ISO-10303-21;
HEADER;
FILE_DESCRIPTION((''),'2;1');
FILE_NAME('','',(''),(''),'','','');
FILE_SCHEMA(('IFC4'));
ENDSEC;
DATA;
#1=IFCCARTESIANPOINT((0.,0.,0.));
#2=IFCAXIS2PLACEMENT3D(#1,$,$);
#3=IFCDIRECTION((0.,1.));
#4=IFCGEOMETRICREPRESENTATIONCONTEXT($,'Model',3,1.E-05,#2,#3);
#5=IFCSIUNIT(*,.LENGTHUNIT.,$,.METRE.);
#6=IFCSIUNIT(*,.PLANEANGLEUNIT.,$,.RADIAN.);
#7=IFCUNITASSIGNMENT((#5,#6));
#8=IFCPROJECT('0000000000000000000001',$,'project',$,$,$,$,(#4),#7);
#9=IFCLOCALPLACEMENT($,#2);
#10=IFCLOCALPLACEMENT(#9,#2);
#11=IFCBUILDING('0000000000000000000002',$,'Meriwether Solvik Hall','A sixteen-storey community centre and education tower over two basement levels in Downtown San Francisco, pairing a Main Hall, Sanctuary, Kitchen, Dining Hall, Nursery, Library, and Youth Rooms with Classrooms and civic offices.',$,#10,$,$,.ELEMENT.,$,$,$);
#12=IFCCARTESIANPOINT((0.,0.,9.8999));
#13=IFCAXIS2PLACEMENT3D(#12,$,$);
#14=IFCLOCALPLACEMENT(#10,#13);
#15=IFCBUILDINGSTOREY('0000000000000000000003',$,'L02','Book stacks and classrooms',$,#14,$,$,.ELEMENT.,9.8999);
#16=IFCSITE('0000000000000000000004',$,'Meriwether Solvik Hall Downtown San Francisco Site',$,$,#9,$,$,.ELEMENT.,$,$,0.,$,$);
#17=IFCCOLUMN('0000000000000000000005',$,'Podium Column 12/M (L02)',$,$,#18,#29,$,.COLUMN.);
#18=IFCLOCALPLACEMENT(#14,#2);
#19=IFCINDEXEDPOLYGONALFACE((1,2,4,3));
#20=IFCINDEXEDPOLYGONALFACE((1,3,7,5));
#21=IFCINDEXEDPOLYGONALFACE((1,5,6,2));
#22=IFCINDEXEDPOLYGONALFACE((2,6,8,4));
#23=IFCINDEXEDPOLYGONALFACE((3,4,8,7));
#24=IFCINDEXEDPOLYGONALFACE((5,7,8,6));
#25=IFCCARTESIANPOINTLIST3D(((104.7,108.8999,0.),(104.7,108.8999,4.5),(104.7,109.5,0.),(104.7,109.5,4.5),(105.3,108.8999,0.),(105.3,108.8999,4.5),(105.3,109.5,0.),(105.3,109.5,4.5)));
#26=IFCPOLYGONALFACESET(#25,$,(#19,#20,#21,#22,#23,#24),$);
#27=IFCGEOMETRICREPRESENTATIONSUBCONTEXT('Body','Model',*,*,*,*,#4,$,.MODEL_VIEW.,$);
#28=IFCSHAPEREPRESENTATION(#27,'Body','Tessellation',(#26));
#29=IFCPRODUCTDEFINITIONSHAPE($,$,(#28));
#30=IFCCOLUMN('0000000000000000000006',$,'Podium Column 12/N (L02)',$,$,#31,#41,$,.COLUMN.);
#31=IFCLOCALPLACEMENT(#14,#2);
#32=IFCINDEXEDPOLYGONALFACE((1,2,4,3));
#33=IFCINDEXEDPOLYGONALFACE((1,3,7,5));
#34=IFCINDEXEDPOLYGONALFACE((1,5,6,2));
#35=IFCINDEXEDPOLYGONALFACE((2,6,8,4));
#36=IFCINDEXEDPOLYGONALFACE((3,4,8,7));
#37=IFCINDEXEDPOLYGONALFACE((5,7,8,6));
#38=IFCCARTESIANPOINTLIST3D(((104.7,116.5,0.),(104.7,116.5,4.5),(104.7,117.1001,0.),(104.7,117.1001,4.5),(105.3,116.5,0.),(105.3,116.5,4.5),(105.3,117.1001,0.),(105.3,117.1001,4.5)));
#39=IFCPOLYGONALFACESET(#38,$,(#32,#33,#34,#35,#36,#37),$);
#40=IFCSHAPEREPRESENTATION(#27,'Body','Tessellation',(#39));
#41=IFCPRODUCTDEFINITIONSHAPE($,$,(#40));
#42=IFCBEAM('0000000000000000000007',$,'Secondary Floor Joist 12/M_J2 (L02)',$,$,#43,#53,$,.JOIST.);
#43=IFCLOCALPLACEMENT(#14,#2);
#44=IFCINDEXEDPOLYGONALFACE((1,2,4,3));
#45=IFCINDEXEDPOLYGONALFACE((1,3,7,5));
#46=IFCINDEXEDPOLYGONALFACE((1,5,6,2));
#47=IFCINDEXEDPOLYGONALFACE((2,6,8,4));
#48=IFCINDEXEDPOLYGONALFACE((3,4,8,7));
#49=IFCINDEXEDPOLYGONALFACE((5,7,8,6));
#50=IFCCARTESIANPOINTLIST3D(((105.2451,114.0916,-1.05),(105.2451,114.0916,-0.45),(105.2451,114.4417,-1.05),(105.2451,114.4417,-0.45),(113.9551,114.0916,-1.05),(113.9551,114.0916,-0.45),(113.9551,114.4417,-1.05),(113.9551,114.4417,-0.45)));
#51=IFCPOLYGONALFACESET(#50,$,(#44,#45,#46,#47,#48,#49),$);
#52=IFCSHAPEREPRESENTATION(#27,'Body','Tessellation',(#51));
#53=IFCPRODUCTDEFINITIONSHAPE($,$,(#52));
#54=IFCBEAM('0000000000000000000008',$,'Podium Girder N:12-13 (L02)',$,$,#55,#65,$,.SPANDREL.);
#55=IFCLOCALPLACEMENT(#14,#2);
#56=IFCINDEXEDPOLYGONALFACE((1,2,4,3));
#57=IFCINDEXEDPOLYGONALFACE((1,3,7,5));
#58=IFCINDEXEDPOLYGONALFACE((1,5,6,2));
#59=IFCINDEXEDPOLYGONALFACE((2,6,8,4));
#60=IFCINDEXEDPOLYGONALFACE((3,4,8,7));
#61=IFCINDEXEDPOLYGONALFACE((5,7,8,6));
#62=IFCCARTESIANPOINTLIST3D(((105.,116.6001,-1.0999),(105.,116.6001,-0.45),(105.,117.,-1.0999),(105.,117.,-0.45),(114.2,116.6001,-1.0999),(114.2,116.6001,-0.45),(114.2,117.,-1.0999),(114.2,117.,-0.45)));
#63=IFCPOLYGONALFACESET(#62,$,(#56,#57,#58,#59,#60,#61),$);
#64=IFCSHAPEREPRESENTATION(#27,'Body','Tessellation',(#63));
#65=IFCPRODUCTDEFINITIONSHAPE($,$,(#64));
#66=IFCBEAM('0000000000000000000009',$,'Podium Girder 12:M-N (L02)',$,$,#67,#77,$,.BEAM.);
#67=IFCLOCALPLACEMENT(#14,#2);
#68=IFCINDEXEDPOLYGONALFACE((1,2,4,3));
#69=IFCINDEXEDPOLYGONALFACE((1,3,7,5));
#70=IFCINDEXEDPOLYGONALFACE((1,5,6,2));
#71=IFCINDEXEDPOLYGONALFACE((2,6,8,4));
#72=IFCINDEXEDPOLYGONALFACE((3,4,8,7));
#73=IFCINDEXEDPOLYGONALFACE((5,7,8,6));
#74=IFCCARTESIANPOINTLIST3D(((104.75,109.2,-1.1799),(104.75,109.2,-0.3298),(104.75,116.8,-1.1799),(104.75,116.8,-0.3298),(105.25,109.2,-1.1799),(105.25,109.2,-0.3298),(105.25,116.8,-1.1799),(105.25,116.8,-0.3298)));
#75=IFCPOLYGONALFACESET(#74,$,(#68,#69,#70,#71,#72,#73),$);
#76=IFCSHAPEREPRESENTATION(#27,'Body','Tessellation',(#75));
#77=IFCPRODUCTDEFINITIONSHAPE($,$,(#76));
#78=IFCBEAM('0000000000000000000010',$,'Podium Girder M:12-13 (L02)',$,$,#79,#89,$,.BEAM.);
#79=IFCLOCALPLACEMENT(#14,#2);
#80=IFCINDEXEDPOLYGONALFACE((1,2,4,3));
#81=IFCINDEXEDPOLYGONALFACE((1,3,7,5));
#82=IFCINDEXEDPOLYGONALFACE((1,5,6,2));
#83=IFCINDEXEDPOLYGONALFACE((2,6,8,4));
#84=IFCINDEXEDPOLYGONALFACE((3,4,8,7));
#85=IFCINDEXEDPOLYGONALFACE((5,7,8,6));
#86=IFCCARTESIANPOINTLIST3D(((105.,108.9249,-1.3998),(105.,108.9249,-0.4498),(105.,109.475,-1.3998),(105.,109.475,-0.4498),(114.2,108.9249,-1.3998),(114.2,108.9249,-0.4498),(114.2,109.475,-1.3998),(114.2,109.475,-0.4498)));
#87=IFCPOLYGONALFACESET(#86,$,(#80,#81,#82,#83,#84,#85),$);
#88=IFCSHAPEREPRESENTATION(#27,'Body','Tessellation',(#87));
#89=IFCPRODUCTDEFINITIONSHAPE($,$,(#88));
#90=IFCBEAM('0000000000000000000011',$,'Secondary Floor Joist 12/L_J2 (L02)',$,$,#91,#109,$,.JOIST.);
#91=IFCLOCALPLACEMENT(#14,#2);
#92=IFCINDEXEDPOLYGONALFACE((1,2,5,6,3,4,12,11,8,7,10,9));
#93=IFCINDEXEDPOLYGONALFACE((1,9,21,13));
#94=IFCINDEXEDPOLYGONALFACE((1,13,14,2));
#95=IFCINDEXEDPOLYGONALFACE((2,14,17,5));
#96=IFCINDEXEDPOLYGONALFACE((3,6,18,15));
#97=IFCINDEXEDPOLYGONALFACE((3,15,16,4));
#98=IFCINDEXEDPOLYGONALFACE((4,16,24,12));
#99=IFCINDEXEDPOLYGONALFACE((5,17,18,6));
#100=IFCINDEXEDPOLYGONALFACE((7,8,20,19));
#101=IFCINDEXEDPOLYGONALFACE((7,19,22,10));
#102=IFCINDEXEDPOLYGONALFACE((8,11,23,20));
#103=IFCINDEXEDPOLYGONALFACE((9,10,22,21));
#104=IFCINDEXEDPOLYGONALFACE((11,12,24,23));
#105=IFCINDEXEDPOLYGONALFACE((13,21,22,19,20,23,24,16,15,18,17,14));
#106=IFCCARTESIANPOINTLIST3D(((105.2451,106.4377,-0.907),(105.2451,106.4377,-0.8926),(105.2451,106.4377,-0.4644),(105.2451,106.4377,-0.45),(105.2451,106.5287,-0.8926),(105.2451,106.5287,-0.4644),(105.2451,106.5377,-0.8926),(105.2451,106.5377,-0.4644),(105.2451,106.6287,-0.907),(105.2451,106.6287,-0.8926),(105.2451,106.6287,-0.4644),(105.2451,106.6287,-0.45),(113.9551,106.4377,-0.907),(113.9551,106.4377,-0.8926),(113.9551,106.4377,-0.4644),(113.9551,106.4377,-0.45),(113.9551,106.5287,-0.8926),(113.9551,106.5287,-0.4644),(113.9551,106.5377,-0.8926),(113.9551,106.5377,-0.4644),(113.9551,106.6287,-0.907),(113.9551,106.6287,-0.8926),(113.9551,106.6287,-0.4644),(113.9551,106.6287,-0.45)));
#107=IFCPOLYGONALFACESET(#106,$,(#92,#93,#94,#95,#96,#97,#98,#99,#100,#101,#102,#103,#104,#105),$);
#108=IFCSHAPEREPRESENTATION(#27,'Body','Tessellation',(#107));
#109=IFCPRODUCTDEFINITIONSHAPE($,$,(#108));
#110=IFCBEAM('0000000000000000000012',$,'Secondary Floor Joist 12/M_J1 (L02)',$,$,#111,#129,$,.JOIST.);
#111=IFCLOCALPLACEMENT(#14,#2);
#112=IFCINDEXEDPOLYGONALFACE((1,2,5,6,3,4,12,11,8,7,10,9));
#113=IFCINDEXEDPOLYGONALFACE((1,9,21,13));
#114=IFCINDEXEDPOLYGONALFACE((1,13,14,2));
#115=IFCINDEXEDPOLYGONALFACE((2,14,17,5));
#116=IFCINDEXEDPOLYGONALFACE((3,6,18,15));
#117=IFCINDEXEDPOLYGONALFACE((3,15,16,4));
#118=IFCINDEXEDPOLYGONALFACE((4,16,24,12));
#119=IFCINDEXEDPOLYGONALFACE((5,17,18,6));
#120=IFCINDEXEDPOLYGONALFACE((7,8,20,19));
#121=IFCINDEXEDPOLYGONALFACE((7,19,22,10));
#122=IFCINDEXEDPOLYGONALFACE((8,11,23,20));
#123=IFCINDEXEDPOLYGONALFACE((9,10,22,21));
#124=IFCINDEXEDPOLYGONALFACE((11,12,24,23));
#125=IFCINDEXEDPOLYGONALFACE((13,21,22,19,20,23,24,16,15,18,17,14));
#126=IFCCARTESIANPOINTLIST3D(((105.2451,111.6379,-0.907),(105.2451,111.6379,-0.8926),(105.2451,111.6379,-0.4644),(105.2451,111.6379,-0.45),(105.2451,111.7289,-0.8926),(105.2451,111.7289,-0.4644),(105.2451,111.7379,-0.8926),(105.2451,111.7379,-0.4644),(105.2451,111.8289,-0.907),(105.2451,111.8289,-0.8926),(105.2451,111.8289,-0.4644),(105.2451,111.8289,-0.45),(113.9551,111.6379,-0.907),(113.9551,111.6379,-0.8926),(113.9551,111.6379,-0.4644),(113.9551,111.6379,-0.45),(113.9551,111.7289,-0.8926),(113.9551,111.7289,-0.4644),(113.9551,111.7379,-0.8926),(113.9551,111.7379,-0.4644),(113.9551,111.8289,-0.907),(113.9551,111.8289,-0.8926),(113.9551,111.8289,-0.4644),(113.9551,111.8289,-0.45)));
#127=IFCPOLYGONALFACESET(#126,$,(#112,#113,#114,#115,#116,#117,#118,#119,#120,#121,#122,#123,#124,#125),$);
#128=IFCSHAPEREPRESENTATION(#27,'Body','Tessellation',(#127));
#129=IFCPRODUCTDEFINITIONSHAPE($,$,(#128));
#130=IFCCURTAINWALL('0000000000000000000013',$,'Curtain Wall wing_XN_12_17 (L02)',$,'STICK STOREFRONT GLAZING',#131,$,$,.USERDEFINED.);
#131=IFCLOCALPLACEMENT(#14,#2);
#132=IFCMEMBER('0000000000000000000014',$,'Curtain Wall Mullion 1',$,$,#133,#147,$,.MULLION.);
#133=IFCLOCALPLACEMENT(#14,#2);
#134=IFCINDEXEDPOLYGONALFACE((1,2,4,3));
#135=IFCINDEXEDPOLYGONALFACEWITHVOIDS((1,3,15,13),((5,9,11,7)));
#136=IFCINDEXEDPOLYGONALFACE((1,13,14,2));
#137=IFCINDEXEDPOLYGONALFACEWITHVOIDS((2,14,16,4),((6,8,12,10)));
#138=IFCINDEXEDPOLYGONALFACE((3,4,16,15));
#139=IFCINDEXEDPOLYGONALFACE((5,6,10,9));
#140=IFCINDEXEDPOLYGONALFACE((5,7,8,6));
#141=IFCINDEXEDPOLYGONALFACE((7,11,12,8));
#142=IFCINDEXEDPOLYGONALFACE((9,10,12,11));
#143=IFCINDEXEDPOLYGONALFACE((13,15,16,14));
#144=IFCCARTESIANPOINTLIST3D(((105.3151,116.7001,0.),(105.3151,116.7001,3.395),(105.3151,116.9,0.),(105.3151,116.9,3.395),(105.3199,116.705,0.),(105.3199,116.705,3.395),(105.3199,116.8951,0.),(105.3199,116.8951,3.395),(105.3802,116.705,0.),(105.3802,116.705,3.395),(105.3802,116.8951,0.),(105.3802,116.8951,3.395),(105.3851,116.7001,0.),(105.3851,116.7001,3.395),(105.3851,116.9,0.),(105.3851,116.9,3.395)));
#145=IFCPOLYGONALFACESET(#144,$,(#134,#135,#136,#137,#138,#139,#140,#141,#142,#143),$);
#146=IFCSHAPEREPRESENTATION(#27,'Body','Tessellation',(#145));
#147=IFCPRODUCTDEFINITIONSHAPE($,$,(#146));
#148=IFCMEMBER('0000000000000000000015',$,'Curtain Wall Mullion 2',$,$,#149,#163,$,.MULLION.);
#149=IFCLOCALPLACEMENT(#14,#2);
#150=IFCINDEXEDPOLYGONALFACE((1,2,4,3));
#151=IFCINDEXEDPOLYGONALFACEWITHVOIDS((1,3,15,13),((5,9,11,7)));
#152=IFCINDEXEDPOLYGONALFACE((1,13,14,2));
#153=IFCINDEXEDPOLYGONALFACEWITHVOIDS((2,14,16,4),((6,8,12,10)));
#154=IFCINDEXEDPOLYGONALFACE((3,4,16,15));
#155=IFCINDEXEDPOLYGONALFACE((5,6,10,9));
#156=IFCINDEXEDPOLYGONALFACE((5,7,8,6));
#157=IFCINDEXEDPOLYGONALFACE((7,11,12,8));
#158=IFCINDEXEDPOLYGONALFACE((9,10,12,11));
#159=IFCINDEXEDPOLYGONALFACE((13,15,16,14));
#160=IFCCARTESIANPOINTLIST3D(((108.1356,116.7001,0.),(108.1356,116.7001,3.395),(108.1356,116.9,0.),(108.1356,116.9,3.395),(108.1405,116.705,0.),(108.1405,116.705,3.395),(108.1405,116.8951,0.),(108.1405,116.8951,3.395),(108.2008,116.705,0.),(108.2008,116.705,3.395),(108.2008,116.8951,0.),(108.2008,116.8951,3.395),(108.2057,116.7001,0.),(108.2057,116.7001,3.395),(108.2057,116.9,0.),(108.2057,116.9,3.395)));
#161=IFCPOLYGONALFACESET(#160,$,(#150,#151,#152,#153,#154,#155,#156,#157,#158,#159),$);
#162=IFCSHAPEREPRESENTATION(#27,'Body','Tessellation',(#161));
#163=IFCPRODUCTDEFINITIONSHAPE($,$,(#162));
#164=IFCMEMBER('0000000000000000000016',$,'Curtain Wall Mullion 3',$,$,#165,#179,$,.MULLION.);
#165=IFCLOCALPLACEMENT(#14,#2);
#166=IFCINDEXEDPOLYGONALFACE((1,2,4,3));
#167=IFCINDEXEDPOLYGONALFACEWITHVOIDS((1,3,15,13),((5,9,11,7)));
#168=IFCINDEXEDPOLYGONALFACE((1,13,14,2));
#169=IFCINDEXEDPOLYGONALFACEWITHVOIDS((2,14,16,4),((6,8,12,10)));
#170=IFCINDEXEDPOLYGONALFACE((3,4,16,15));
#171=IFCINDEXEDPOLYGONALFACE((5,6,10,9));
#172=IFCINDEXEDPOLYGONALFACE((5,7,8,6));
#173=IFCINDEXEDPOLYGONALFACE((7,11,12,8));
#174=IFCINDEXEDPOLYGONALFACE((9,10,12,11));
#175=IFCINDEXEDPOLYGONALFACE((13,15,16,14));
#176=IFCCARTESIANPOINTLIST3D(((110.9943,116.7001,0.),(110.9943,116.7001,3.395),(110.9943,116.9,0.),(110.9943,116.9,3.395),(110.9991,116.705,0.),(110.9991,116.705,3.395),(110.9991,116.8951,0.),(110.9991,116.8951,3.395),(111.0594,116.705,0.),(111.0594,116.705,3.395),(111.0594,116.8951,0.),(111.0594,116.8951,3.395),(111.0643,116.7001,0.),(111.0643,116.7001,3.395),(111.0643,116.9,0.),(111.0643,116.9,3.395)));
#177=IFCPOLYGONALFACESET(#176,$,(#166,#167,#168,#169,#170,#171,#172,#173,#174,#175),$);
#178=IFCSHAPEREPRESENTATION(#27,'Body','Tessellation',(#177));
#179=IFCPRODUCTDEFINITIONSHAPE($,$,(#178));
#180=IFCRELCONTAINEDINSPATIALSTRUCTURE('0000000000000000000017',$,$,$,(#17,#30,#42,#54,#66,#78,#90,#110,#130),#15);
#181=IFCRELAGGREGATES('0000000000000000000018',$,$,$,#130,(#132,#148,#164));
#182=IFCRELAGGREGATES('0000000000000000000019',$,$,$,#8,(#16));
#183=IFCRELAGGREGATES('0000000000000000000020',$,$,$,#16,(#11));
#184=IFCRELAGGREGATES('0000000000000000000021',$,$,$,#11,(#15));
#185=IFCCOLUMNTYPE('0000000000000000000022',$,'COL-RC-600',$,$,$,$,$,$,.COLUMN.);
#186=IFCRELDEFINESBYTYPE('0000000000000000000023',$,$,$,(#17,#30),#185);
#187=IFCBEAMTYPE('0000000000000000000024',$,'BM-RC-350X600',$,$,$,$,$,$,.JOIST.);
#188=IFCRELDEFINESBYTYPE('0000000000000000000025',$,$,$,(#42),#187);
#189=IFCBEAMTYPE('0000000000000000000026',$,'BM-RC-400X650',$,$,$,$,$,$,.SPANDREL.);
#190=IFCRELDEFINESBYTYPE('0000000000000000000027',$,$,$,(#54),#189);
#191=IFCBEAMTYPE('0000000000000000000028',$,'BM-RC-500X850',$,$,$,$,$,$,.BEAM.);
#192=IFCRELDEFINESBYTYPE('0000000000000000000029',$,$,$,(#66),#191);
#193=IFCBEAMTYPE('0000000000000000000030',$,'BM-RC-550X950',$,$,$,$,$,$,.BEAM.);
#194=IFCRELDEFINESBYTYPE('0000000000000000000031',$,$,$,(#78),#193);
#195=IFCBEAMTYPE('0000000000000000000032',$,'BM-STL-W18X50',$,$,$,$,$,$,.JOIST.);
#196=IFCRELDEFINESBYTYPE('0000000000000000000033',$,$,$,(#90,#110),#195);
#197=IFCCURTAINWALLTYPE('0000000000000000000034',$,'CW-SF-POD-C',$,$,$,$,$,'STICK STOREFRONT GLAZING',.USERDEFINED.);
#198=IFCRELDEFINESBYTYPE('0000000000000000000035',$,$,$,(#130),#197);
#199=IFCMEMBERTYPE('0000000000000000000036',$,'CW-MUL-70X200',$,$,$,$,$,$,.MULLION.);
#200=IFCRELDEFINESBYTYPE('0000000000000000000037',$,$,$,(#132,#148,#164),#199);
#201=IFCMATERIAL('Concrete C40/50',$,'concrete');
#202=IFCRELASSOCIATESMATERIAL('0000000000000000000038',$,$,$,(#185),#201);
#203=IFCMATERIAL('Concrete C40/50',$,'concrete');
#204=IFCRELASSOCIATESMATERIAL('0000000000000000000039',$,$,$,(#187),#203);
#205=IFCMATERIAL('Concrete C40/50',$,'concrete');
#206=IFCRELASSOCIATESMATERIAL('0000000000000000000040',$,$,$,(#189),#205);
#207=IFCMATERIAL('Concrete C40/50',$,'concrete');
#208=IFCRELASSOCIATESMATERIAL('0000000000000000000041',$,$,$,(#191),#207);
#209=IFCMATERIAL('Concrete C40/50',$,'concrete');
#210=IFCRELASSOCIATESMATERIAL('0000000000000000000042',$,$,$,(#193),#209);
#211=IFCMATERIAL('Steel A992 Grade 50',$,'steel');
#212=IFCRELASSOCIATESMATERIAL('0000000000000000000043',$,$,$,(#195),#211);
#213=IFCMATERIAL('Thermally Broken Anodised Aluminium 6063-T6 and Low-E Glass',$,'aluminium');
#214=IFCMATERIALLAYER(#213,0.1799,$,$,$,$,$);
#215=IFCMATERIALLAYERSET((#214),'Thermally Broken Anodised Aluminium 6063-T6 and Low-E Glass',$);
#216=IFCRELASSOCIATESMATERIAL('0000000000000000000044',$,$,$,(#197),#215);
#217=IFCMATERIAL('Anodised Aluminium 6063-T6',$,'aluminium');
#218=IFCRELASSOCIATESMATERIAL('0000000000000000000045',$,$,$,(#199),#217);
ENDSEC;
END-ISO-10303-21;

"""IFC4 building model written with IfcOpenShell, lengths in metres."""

from ifc_helpers import new_model, si_unit, direction, frame, origin, origin_2d, place, context, subcontext, project, spatial, rectangle, hollow_rectangle, i_section, extrude, material, layer, layer_set, material_profile, profile_set, type_object, element, aggregate, save


model = new_model("IFC4")

# Units and contexts
model_context = context("Model", 3, precision=1e-05, world=origin(), true_north=direction((0.0, 1.0)))
body_context = subcontext(model_context, "Body", "Model", "MODEL_VIEW")
ifc_project = project(units=[si_unit("LENGTHUNIT", "METRE"), si_unit("PLANEANGLEUNIT", "RADIAN")], contexts=[model_context])

# Site, building, storey
site_placement = place(None, origin())
site = spatial("IfcSite", under=ifc_project, at=site_placement, Name="Meriwether Solvik Hall Downtown San Francisco Site", CompositionType="ELEMENT", RefElevation=0.0)
building_placement = place(site_placement, origin())
building = spatial("IfcBuilding", under=site, at=building_placement, Name="Meriwether Solvik Hall", Description="A sixteen-storey community centre and education tower over two basement levels in Downtown San Francisco, pairing a Main Hall, Sanctuary, Kitchen, Dining Hall, Nursery, Library, and Youth Rooms with Classrooms and civic offices.", CompositionType="ELEMENT")
storey_placement = place(building_placement, frame((0.0, 0.0, 9.8999)))
storey = spatial("IfcBuildingStorey", under=building, at=storey_placement, Name="L02", Description="Book stacks and classrooms", CompositionType="ELEMENT", Elevation=9.8999)

# Columns
ifc_material_1 = material(Name="Concrete C40/50", Category="concrete")
ifc_material_profile_1 = material_profile(ifc_material_1, rectangle(XDim=0.6001, YDim=0.6001, at=origin_2d()), Name="RCC-600X600")
ifc_profile_set_1 = profile_set([ifc_material_profile_1], Name="Concrete C40/50")
column_type = type_object("IfcColumnType", Name="COL-RC-600", PredefinedType="COLUMN", material=ifc_profile_set_1)
for number, where, z_axis, x_axis, name in (
    (1, (105.0, 109.2, 0.0), (0.0, 0.0, 1.0), (1.0, 0.0, 0.0), "Podium Column 12/M (L02)"),
    (2, (105.0, 116.8, 0.0), (0.0, 0.0, 1.0), (1.0, 0.0, 0.0), "Podium Column 12/N (L02)"),
):
    element("IfcColumn", number, at=place(storey_placement, frame(where, z_axis=z_axis, x_axis=x_axis)), inside=storey, type_object=column_type, Name=name, PredefinedType="COLUMN", context=body_context, shape_type="SweptSolid", body=[
        extrude(rectangle(XDim=0.6001, YDim=0.6001, at=origin_2d()), origin(), (0.0, 0.0, 1.0), 4.5),
    ])

# Beams
ifc_material_2 = material(Name="Concrete C40/50", Category="concrete")
ifc_material_profile_2 = material_profile(ifc_material_2, rectangle(XDim=0.3501, YDim=0.6001, at=origin_2d()), Name="RCB-350X600")
ifc_profile_set_2 = profile_set([ifc_material_profile_2], Name="Concrete C40/50")
beam_type_1 = type_object("IfcBeamType", Name="BM-RC-350X600", PredefinedType="JOIST", material=ifc_profile_set_2)
beam_1_placement = place(storey_placement, frame((105.2451, 114.2666, -0.75), z_axis=(1.0, 0.0, 0.0), x_axis=(0.0, 1.0, 0.0)))
element("IfcBeam", 3, at=beam_1_placement, inside=storey, type_object=beam_type_1, Name="Secondary Floor Joist 12/M_J2 (L02)", PredefinedType="JOIST", context=body_context, shape_type="SweptSolid", body=[
    extrude(rectangle(XDim=0.3501, YDim=0.6001, at=origin_2d()), origin(), (0.0, 0.0, 1.0), 8.71),
])
ifc_material_3 = material(Name="Concrete C40/50", Category="concrete")
ifc_material_profile_3 = material_profile(ifc_material_3, rectangle(XDim=0.3999, YDim=0.6499, at=origin_2d()), Name="RCB-400X650")
ifc_profile_set_3 = profile_set([ifc_material_profile_3], Name="Concrete C40/50")
beam_type_2 = type_object("IfcBeamType", Name="BM-RC-400X650", PredefinedType="SPANDREL", material=ifc_profile_set_3)
beam_2_placement = place(storey_placement, frame((105.0, 116.8, -0.7749), z_axis=(1.0, 0.0, 0.0), x_axis=(0.0, 1.0, 0.0)))
element("IfcBeam", 4, at=beam_2_placement, inside=storey, type_object=beam_type_2, Name="Podium Girder N:12-13 (L02)", PredefinedType="SPANDREL", context=body_context, shape_type="SweptSolid", body=[
    extrude(rectangle(XDim=0.3999, YDim=0.6499, at=origin_2d()), origin(), (0.0, 0.0, 1.0), 9.2),
])
ifc_material_4 = material(Name="Concrete C40/50", Category="concrete")
ifc_material_profile_4 = material_profile(ifc_material_4, rectangle(XDim=0.5, YDim=0.8501, at=origin_2d()), Name="RCB-500X850")
ifc_profile_set_4 = profile_set([ifc_material_profile_4], Name="Concrete C40/50")
beam_type_3 = type_object("IfcBeamType", Name="BM-RC-500X850", PredefinedType="BEAM", material=ifc_profile_set_4)
beam_3_placement = place(storey_placement, frame((105.0, 109.2, -0.7549), z_axis=(0.0, 1.0, 0.0), x_axis=(-1.0, 0.0, 0.0)))
element("IfcBeam", 5, at=beam_3_placement, inside=storey, type_object=beam_type_3, Name="Podium Girder 12:M-N (L02)", PredefinedType="BEAM", context=body_context, shape_type="SweptSolid", body=[
    extrude(rectangle(XDim=0.5, YDim=0.8501, at=origin_2d()), origin(), (0.0, 0.0, 1.0), 7.6001),
])
ifc_material_5 = material(Name="Concrete C40/50", Category="concrete")
ifc_material_profile_5 = material_profile(ifc_material_5, rectangle(XDim=0.55, YDim=0.95, at=origin_2d()), Name="RCB-550X950")
ifc_profile_set_5 = profile_set([ifc_material_profile_5], Name="Concrete C40/50")
beam_type_4 = type_object("IfcBeamType", Name="BM-RC-550X950", PredefinedType="BEAM", material=ifc_profile_set_5)
beam_4_placement = place(storey_placement, frame((105.0, 109.2, -0.9248), z_axis=(1.0, 0.0, 0.0), x_axis=(0.0, 1.0, 0.0)))
element("IfcBeam", 6, at=beam_4_placement, inside=storey, type_object=beam_type_4, Name="Podium Girder M:12-13 (L02)", PredefinedType="BEAM", context=body_context, shape_type="SweptSolid", body=[
    extrude(rectangle(XDim=0.55, YDim=0.95, at=origin_2d()), origin(), (0.0, 0.0, 1.0), 9.2),
])
ifc_material_6 = material(Name="Steel A992 Grade 50", Category="steel")
ifc_material_profile_6 = material_profile(ifc_material_6, i_section(OverallWidth=0.1909, OverallDepth=0.457, WebThickness=0.009, FlangeThickness=0.0144, at=origin_2d()), Name="W18X50")
ifc_profile_set_6 = profile_set([ifc_material_profile_6], Name="Steel A992 Grade 50")
beam_type_5 = type_object("IfcBeamType", Name="BM-STL-W18X50", PredefinedType="JOIST", material=ifc_profile_set_6)
for number, where, z_axis, x_axis, name in (
    (7, (105.2451, 106.5332, -0.6785), (1.0, 0.0, 0.0), (0.0, 1.0, 0.0), "Secondary Floor Joist 12/L_J2 (L02)"),
    (8, (105.2451, 111.7334, -0.6785), (1.0, 0.0, 0.0), (0.0, 1.0, 0.0), "Secondary Floor Joist 12/M_J1 (L02)"),
):
    element("IfcBeam", number, at=place(storey_placement, frame(where, z_axis=z_axis, x_axis=x_axis)), inside=storey, type_object=beam_type_5, Name=name, PredefinedType="JOIST", context=body_context, shape_type="SweptSolid", body=[
        extrude(i_section(OverallWidth=0.1909, OverallDepth=0.457, WebThickness=0.009, FlangeThickness=0.0144, at=origin_2d()), origin(), (0.0, 0.0, 1.0), 8.71),
    ])

# Curtain wall, members
ifc_material_7 = material(Name="Thermally Broken Anodised Aluminium 6063-T6 and Low-E Glass", Category="aluminium")
ifc_layer_1 = layer(ifc_material_7, 0.1799)
ifc_layer_set_1 = layer_set([ifc_layer_1], Name="Thermally Broken Anodised Aluminium 6063-T6 and Low-E Glass")
curtain_wall_type = type_object("IfcCurtainWallType", Name="CW-SF-POD-C", ElementType="STICK STOREFRONT GLAZING", PredefinedType="USERDEFINED", material=ifc_layer_set_1)
curtain_wall_1_placement = place(storey_placement, origin())
curtain_wall_1 = element("IfcCurtainWall", 9, at=curtain_wall_1_placement, inside=storey, type_object=curtain_wall_type, Name="Curtain Wall wing_XN_12_17 (L02)", ObjectType="STICK STOREFRONT GLAZING", PredefinedType="USERDEFINED")
ifc_material_8 = material(Name="Anodised Aluminium 6063-T6", Category="aluminium")
ifc_material_profile_7 = material_profile(ifc_material_8, hollow_rectangle(XDim=0.0701, YDim=0.2, WallThickness=0.0049, at=origin_2d()), Name="CWM-70X200")
ifc_profile_set_7 = profile_set([ifc_material_profile_7], Name="Anodised Aluminium 6063-T6")
member_type_1 = type_object("IfcMemberType", Name="CW-MUL-70X200", PredefinedType="MULLION", material=ifc_profile_set_7)
member_1_placement = place(storey_placement, frame((105.3501, 116.8, 0.0), z_axis=(0.0, 0.0, 1.0), x_axis=(1.0, 0.0, 0.0)))
member_1 = element("IfcMember", 10, at=member_1_placement, type_object=member_type_1, Name="Curtain Wall Mullion 1", PredefinedType="MULLION", context=body_context, shape_type="SweptSolid", body=[
    extrude(hollow_rectangle(XDim=0.0701, YDim=0.2, WallThickness=0.0049, at=origin_2d()), origin(), (0.0, 0.0, 1.0), 3.395),
])
member_2_placement = place(storey_placement, frame((108.1707, 116.8, 0.0), z_axis=(0.0, 0.0, 1.0), x_axis=(1.0, 0.0, 0.0)))
member_2 = element("IfcMember", 11, at=member_2_placement, type_object=member_type_1, Name="Curtain Wall Mullion 2", PredefinedType="MULLION", context=body_context, shape_type="SweptSolid", body=[
    extrude(hollow_rectangle(XDim=0.0701, YDim=0.2, WallThickness=0.0049, at=origin_2d()), origin(), (0.0, 0.0, 1.0), 3.395),
])
member_3_placement = place(storey_placement, frame((111.0293, 116.8, 0.0), z_axis=(0.0, 0.0, 1.0), x_axis=(1.0, 0.0, 0.0)))
member_3 = element("IfcMember", 12, at=member_3_placement, type_object=member_type_1, Name="Curtain Wall Mullion 3", PredefinedType="MULLION", context=body_context, shape_type="SweptSolid", body=[
    extrude(hollow_rectangle(XDim=0.0701, YDim=0.2, WallThickness=0.0049, at=origin_2d()), origin(), (0.0, 0.0, 1.0), 3.395),
])

aggregate(curtain_wall_1, [member_1, member_2, member_3])

save(model, "model.ifc")
